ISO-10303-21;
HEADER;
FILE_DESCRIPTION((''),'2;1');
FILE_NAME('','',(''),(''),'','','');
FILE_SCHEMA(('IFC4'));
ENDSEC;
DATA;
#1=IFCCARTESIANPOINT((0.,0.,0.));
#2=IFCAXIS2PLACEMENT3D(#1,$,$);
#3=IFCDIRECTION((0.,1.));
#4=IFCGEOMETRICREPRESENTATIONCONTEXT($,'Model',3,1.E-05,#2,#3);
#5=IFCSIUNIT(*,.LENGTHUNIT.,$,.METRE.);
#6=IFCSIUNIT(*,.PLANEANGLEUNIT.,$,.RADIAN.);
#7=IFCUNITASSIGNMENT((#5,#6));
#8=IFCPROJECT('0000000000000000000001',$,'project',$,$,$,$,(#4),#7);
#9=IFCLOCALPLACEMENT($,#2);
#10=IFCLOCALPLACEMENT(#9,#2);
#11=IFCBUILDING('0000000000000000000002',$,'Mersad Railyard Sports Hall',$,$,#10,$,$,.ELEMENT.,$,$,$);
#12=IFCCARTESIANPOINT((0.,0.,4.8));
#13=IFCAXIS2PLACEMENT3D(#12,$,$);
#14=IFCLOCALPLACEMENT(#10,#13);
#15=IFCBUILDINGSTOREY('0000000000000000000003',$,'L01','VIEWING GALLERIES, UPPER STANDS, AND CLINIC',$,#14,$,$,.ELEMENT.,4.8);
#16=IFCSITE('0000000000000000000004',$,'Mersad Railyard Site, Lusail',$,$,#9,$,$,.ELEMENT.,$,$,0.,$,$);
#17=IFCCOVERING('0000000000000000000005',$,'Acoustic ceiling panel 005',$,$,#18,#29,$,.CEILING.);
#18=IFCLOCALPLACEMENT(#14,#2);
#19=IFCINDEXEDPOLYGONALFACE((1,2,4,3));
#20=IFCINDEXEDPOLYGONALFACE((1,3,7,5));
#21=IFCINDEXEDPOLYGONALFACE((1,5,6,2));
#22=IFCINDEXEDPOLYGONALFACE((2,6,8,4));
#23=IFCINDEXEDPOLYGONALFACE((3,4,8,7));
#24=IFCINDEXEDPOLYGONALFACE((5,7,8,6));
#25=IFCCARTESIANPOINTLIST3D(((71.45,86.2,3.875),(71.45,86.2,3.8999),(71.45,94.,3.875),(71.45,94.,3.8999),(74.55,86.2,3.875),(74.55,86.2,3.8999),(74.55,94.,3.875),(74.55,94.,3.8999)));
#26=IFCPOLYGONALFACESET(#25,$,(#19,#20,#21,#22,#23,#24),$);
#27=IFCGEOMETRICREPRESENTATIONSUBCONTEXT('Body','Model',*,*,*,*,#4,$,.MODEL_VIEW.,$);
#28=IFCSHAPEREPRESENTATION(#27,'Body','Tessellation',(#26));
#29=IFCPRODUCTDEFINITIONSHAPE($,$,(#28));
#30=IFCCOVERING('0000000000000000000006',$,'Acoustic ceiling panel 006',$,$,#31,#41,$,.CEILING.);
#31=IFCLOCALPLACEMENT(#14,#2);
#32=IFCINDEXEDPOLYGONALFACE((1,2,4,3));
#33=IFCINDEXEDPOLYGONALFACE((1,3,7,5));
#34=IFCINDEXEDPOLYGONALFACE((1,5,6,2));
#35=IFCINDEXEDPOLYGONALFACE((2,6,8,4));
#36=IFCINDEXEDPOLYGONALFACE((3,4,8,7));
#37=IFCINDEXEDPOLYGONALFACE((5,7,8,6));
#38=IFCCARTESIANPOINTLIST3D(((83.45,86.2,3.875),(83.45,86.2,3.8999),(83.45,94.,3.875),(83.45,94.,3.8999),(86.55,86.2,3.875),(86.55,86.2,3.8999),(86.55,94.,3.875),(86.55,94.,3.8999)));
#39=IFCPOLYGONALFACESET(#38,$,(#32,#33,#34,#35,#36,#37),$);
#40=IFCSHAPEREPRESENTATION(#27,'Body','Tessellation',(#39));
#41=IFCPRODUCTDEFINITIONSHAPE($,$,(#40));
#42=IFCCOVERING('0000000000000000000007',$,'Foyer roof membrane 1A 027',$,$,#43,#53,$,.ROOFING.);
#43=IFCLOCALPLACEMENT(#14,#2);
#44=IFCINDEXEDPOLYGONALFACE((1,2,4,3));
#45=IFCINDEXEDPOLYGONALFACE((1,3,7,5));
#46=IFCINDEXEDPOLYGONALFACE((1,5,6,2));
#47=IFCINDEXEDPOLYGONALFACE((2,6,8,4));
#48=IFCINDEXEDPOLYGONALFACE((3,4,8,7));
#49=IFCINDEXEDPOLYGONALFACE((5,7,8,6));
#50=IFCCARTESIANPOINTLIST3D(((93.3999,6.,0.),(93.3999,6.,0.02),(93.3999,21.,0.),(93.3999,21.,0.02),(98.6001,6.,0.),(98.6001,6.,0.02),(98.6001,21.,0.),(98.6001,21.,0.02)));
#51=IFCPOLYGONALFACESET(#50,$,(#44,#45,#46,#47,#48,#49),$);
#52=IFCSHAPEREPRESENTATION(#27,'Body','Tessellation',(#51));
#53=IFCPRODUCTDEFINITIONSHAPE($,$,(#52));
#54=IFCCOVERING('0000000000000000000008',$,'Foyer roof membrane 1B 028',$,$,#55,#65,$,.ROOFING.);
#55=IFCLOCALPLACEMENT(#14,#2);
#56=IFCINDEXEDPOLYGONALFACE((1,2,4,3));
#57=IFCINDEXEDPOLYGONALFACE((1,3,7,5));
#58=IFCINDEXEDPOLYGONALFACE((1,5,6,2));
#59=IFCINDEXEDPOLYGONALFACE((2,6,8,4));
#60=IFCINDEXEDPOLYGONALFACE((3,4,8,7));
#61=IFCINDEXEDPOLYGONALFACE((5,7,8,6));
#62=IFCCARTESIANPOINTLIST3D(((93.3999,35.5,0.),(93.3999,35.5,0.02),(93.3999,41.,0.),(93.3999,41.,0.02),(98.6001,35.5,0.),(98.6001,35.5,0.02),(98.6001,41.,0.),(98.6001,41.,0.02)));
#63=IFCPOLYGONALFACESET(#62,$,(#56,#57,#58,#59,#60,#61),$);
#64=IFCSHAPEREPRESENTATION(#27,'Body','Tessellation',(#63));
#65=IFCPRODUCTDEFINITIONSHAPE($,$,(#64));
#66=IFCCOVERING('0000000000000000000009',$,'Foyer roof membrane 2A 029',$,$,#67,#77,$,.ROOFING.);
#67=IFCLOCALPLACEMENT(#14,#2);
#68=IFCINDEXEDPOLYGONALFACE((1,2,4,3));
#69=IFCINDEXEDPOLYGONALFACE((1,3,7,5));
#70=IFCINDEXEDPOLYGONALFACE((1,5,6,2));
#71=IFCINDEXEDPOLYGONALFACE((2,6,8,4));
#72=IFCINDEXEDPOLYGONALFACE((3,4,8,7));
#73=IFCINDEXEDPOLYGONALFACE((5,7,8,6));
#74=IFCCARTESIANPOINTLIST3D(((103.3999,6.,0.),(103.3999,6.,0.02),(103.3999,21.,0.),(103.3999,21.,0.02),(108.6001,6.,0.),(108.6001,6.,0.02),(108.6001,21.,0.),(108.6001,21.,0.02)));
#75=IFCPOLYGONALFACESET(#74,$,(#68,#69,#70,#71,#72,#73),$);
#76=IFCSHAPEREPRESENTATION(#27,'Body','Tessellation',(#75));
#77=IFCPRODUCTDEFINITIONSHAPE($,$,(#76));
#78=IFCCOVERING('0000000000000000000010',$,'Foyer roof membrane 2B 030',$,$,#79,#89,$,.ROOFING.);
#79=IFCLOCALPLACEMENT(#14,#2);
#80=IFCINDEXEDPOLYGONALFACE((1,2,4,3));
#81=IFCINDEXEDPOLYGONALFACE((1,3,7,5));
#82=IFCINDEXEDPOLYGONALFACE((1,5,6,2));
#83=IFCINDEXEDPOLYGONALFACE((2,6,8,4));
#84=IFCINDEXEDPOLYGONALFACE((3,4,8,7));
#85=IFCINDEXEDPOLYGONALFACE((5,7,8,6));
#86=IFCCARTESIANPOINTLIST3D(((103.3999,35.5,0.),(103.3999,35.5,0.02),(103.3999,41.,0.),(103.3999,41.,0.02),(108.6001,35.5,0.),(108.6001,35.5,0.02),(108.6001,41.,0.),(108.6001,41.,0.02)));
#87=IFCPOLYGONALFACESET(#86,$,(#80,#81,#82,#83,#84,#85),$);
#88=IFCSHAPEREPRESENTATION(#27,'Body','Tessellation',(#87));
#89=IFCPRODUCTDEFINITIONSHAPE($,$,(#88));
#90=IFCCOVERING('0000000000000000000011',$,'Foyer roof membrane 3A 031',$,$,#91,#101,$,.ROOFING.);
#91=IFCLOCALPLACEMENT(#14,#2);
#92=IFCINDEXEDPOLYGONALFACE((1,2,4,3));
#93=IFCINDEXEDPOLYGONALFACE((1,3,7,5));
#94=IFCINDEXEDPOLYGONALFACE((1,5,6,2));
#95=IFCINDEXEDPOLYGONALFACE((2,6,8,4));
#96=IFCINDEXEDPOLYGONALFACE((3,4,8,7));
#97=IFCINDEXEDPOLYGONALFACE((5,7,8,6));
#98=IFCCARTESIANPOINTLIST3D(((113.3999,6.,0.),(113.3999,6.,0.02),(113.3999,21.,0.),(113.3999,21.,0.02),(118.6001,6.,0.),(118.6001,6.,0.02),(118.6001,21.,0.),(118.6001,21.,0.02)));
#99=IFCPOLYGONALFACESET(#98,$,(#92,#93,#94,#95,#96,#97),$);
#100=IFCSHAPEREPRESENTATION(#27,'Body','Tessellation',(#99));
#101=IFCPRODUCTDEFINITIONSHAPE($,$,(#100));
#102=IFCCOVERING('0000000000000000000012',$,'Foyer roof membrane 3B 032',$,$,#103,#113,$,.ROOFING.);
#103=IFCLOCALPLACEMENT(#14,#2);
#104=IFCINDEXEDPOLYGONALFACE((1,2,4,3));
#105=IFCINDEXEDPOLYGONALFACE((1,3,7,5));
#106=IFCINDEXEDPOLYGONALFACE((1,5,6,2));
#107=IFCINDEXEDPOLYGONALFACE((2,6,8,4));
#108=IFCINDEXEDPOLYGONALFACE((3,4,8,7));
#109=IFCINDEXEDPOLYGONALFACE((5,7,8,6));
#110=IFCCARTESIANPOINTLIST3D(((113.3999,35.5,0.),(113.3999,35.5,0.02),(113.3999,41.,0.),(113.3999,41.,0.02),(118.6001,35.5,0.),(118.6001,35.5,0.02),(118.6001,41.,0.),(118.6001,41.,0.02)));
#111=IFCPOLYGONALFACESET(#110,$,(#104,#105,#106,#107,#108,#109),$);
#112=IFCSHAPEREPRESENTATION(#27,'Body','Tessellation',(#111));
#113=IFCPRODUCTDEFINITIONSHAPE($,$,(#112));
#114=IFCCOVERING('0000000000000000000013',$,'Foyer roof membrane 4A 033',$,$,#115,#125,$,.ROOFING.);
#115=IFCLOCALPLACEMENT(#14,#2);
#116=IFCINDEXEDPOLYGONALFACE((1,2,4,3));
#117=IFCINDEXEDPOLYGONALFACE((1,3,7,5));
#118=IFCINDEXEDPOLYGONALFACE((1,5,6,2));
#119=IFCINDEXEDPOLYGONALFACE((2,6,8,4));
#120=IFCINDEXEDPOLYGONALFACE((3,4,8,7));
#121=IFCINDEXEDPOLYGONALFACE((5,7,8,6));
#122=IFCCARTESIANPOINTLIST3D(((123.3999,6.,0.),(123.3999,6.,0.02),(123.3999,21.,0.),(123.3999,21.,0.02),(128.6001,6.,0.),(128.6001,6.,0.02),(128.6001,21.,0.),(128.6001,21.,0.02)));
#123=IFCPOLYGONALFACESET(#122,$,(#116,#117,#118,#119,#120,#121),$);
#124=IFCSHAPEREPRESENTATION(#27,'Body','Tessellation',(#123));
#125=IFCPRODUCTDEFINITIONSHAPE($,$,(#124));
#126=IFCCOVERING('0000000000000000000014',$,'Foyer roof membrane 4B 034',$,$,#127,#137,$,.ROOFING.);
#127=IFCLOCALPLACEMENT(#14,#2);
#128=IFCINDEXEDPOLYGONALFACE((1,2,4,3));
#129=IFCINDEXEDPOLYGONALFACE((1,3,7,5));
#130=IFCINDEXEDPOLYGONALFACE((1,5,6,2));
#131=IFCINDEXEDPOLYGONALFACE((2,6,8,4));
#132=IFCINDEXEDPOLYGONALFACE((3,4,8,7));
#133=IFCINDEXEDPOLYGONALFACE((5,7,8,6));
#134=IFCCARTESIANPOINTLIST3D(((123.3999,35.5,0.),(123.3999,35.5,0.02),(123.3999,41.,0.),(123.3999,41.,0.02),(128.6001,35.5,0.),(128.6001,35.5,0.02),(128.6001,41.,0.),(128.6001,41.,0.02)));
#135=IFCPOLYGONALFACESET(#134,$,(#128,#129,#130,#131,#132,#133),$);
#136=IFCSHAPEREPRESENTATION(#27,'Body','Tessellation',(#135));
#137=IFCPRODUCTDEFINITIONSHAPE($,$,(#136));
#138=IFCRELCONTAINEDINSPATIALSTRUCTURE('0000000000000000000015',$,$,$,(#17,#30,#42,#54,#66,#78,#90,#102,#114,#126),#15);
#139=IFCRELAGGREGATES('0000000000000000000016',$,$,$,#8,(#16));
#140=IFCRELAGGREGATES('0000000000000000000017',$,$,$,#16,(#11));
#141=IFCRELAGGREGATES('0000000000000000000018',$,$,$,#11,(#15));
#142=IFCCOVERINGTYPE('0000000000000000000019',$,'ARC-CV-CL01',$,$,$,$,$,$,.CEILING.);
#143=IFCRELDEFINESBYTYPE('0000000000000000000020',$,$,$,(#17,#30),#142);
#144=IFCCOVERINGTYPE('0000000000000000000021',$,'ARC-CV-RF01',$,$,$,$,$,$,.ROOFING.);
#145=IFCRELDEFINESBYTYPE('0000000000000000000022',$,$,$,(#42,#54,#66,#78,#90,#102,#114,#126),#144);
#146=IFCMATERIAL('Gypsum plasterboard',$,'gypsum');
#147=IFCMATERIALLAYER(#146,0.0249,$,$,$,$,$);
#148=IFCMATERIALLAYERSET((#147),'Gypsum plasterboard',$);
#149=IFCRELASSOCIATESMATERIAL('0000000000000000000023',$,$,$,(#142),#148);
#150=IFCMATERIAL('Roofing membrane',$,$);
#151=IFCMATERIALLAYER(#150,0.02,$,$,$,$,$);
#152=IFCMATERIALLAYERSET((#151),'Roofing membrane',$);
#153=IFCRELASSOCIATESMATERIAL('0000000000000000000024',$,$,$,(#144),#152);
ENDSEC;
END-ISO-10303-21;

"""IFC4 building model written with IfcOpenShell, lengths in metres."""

from ifc_helpers import new_model, si_unit, direction, frame, origin, place, context, subcontext, project, spatial, polyline, outline, extrude, material, layer, layer_set, type_object, element, save


model = new_model("IFC4")

# Units and contexts
model_context = context("Model", 3, precision=1e-05, world=origin(), true_north=direction((0.0, 1.0)))
body_context = subcontext(model_context, "Body", "Model", "MODEL_VIEW")
ifc_project = project(units=[si_unit("LENGTHUNIT", "METRE"), si_unit("PLANEANGLEUNIT", "RADIAN")], contexts=[model_context])

# Site, building, storey
site_placement = place(None, origin())
site = spatial("IfcSite", under=ifc_project, at=site_placement, Name="Mersad Railyard Site, Lusail", CompositionType="ELEMENT", RefElevation=0.0)
building_placement = place(site_placement, origin())
building = spatial("IfcBuilding", under=site, at=building_placement, Name="Mersad Railyard Sports Hall", CompositionType="ELEMENT")
storey_placement = place(building_placement, frame((0.0, 0.0, 4.8)))
storey = spatial("IfcBuildingStorey", under=building, at=storey_placement, Name="L01", Description="VIEWING GALLERIES, UPPER STANDS, AND CLINIC", CompositionType="ELEMENT", Elevation=4.8)

# Coverings
ifc_material_1 = material(Name="Gypsum plasterboard", Category="gypsum")
ifc_layer_1 = layer(ifc_material_1, 0.0249)
ifc_layer_set_1 = layer_set([ifc_layer_1], Name="Gypsum plasterboard")
covering_type_1 = type_object("IfcCoveringType", Name="ARC-CV-CL01", PredefinedType="CEILING", material=ifc_layer_set_1)
covering_1_placement = place(storey_placement, frame((0.0, 0.0, 3.875)))
element("IfcCovering", 1, at=covering_1_placement, inside=storey, type_object=covering_type_1, Name="Acoustic ceiling panel 005", PredefinedType="CEILING", context=body_context, shape_type="SweptSolid", body=[
    extrude(outline(polyline([(71.45, 86.2), (74.55, 86.2), (74.55, 94.0), (71.45, 94.0), (71.45, 86.2)])), origin(), (0.0, 0.0, 1.0), 0.0249),
])
covering_2_placement = place(storey_placement, frame((0.0, 0.0, 3.875)))
element("IfcCovering", 2, at=covering_2_placement, inside=storey, type_object=covering_type_1, Name="Acoustic ceiling panel 006", PredefinedType="CEILING", context=body_context, shape_type="SweptSolid", body=[
    extrude(outline(polyline([(83.45, 86.2), (86.55, 86.2), (86.55, 94.0), (83.45, 94.0), (83.45, 86.2)])), origin(), (0.0, 0.0, 1.0), 0.0249),
])
ifc_material_2 = material(Name="Roofing membrane")
ifc_layer_2 = layer(ifc_material_2, 0.02)
ifc_layer_set_2 = layer_set([ifc_layer_2], Name="Roofing membrane")
covering_type_2 = type_object("IfcCoveringType", Name="ARC-CV-RF01", PredefinedType="ROOFING", material=ifc_layer_set_2)
covering_3_placement = place(storey_placement, origin())
element("IfcCovering", 3, at=covering_3_placement, inside=storey, type_object=covering_type_2, Name="Foyer roof membrane 1A 027", PredefinedType="ROOFING", context=body_context, shape_type="SweptSolid", body=[
    extrude(outline(polyline([(93.3999, 6.0), (98.6001, 6.0), (98.6001, 21.0), (93.3999, 21.0), (93.3999, 6.0)])), origin(), (0.0, 0.0, 1.0), 0.02),
])
covering_4_placement = place(storey_placement, origin())
element("IfcCovering", 4, at=covering_4_placement, inside=storey, type_object=covering_type_2, Name="Foyer roof membrane 1B 028", PredefinedType="ROOFING", context=body_context, shape_type="SweptSolid", body=[
    extrude(outline(polyline([(93.3999, 35.5), (98.6001, 35.5), (98.6001, 41.0), (93.3999, 41.0), (93.3999, 35.5)])), origin(), (0.0, 0.0, 1.0), 0.02),
])
covering_5_placement = place(storey_placement, origin())
element("IfcCovering", 5, at=covering_5_placement, inside=storey, type_object=covering_type_2, Name="Foyer roof membrane 2A 029", PredefinedType="ROOFING", context=body_context, shape_type="SweptSolid", body=[
    extrude(outline(polyline([(103.3999, 6.0), (108.6001, 6.0), (108.6001, 21.0), (103.3999, 21.0), (103.3999, 6.0)])), origin(), (0.0, 0.0, 1.0), 0.02),
])
covering_6_placement = place(storey_placement, origin())
element("IfcCovering", 6, at=covering_6_placement, inside=storey, type_object=covering_type_2, Name="Foyer roof membrane 2B 030", PredefinedType="ROOFING", context=body_context, shape_type="SweptSolid", body=[
    extrude(outline(polyline([(103.3999, 35.5), (108.6001, 35.5), (108.6001, 41.0), (103.3999, 41.0), (103.3999, 35.5)])), origin(), (0.0, 0.0, 1.0), 0.02),
])
covering_7_placement = place(storey_placement, origin())
element("IfcCovering", 7, at=covering_7_placement, inside=storey, type_object=covering_type_2, Name="Foyer roof membrane 3A 031", PredefinedType="ROOFING", context=body_context, shape_type="SweptSolid", body=[
    extrude(outline(polyline([(113.3999, 6.0), (118.6001, 6.0), (118.6001, 21.0), (113.3999, 21.0), (113.3999, 6.0)])), origin(), (0.0, 0.0, 1.0), 0.02),
])
covering_8_placement = place(storey_placement, origin())
element("IfcCovering", 8, at=covering_8_placement, inside=storey, type_object=covering_type_2, Name="Foyer roof membrane 3B 032", PredefinedType="ROOFING", context=body_context, shape_type="SweptSolid", body=[
    extrude(outline(polyline([(113.3999, 35.5), (118.6001, 35.5), (118.6001, 41.0), (113.3999, 41.0), (113.3999, 35.5)])), origin(), (0.0, 0.0, 1.0), 0.02),
])
covering_9_placement = place(storey_placement, origin())
element("IfcCovering", 9, at=covering_9_placement, inside=storey, type_object=covering_type_2, Name="Foyer roof membrane 4A 033", PredefinedType="ROOFING", context=body_context, shape_type="SweptSolid", body=[
    extrude(outline(polyline([(123.3999, 6.0), (128.6001, 6.0), (128.6001, 21.0), (123.3999, 21.0), (123.3999, 6.0)])), origin(), (0.0, 0.0, 1.0), 0.02),
])
covering_10_placement = place(storey_placement, origin())
element("IfcCovering", 10, at=covering_10_placement, inside=storey, type_object=covering_type_2, Name="Foyer roof membrane 4B 034", PredefinedType="ROOFING", context=body_context, shape_type="SweptSolid", body=[
    extrude(outline(polyline([(123.3999, 35.5), (128.6001, 35.5), (128.6001, 41.0), (123.3999, 41.0), (123.3999, 35.5)])), origin(), (0.0, 0.0, 1.0), 0.02),
])

save(model, "model.ifc")
